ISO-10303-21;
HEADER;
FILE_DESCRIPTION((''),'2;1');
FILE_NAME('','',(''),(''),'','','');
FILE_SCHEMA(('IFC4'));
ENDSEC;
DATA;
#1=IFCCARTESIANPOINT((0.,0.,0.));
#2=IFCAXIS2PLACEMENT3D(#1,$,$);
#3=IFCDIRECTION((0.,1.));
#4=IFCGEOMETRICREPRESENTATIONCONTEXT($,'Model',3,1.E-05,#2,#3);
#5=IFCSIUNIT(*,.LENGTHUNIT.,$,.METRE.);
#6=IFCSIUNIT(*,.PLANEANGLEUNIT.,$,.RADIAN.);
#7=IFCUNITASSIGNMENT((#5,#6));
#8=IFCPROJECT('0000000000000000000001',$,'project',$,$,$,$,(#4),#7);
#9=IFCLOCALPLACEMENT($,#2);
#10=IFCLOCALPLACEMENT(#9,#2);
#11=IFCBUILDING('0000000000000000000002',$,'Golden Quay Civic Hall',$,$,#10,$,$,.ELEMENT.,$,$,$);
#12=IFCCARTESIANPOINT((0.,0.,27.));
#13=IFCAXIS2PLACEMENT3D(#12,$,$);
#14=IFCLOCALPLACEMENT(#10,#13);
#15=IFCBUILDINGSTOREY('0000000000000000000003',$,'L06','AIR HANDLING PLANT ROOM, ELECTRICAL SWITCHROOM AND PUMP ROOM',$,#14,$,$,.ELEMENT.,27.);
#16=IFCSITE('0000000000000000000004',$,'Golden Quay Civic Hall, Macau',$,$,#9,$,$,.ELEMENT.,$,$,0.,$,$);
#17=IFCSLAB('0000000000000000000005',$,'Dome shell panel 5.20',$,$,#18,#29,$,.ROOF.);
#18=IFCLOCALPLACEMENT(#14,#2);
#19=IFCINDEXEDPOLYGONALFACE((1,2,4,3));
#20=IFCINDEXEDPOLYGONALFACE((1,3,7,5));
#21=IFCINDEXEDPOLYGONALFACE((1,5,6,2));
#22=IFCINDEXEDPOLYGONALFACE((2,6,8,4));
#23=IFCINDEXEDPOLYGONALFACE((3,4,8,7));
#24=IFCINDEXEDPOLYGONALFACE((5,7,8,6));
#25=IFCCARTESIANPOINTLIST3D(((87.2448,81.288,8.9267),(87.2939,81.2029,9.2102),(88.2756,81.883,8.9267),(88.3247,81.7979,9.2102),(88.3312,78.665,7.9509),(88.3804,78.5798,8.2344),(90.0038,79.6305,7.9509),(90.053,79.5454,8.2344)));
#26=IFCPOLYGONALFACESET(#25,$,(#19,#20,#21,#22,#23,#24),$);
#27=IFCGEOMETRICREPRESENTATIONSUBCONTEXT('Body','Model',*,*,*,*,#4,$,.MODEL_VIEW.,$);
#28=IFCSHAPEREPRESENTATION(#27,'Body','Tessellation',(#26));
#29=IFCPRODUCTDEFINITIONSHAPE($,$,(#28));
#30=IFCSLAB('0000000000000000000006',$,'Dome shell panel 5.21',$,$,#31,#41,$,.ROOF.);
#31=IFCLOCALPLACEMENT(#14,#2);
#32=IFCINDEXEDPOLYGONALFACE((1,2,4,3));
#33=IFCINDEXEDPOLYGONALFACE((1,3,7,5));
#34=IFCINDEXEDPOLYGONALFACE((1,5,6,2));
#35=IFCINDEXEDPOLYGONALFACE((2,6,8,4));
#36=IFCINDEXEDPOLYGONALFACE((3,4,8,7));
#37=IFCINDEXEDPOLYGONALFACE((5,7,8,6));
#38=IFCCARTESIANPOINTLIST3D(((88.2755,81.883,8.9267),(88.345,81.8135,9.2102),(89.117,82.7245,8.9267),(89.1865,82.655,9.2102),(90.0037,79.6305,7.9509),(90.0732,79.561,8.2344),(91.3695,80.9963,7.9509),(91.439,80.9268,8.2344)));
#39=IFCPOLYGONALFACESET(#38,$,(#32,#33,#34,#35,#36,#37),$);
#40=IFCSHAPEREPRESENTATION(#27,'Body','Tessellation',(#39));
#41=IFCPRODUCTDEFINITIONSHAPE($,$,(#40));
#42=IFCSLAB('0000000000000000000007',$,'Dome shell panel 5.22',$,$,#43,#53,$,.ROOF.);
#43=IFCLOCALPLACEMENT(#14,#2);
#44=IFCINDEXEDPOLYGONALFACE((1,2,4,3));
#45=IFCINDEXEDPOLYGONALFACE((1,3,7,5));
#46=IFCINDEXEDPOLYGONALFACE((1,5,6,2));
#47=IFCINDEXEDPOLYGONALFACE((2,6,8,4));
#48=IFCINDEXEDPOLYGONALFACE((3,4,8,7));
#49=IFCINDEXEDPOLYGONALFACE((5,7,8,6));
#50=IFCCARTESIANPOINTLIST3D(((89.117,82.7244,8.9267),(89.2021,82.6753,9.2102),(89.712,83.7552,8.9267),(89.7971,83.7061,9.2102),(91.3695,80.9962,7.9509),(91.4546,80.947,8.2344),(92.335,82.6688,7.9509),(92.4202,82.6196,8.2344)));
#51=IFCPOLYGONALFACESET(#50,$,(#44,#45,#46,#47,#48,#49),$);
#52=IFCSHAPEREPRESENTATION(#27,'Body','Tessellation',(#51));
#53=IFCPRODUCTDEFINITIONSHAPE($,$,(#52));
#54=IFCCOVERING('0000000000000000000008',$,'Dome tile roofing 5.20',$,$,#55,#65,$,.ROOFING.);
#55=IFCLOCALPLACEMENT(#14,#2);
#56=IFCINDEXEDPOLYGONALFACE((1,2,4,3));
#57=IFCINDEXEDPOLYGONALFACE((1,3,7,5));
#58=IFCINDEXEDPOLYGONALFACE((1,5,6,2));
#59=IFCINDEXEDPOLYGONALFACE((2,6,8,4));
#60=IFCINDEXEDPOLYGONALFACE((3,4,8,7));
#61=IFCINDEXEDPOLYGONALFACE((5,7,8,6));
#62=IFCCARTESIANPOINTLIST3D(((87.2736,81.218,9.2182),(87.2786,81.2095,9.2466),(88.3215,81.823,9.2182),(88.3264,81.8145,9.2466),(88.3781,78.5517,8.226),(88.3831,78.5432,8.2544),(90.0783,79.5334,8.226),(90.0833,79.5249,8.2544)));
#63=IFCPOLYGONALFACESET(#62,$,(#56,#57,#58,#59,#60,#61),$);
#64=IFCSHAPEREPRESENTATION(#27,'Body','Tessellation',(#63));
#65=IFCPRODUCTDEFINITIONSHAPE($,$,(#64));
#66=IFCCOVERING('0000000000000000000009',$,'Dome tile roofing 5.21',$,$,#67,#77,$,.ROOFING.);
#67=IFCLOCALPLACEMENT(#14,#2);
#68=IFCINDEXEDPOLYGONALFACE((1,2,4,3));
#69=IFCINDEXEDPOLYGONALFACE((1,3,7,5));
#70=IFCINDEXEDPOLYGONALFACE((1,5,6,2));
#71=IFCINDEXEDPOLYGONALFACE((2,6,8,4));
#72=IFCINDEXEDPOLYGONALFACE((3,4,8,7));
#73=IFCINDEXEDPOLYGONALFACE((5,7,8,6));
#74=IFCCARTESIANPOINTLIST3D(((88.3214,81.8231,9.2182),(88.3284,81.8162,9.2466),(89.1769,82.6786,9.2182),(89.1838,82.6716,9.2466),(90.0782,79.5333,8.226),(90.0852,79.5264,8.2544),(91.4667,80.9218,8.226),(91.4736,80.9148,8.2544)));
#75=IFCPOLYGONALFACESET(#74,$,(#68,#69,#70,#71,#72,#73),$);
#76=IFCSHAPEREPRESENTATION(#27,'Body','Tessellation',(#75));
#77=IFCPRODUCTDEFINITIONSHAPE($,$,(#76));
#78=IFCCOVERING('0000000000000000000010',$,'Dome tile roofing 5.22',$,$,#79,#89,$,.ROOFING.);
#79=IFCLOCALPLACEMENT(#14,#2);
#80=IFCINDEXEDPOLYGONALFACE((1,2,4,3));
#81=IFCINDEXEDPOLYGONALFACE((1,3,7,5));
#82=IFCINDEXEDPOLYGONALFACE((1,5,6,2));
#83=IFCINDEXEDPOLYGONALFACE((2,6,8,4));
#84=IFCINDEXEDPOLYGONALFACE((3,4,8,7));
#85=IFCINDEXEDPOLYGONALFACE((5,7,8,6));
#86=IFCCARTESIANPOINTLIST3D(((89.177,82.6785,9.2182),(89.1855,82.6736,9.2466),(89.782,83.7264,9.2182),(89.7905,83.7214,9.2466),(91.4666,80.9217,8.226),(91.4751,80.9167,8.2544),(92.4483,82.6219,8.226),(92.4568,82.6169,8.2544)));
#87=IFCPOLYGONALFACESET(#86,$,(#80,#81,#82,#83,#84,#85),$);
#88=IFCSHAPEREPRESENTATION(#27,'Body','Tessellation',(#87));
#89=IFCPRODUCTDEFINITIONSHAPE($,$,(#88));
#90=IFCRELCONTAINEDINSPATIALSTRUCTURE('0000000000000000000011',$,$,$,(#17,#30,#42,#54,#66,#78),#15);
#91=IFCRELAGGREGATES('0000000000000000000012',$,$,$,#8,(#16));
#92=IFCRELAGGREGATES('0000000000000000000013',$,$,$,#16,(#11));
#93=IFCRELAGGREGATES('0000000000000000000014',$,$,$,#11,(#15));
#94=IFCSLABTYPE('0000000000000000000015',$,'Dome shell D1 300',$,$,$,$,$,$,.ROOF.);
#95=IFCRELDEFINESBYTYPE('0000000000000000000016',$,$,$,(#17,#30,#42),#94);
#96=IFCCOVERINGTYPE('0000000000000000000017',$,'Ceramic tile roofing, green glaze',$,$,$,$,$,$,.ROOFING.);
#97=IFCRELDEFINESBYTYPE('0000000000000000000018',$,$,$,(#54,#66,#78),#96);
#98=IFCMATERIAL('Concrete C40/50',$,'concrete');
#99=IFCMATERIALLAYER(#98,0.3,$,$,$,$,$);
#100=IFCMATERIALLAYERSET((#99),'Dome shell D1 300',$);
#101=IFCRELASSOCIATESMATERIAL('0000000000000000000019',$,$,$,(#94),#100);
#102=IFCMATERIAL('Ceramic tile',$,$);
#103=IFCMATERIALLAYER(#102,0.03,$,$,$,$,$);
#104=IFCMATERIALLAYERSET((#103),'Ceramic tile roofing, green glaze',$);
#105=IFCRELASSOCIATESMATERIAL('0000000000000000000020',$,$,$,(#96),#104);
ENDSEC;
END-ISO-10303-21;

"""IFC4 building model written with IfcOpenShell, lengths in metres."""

from ifc_helpers import new_model, si_unit, direction, frame, origin, place, context, subcontext, project, spatial, polyline, outline, extrude, material, layer, layer_set, type_object, element, save


model = new_model("IFC4")

# Units and contexts
model_context = context("Model", 3, precision=1e-05, world=origin(), true_north=direction((0.0, 1.0)))
body_context = subcontext(model_context, "Body", "Model", "MODEL_VIEW")
ifc_project = project(units=[si_unit("LENGTHUNIT", "METRE"), si_unit("PLANEANGLEUNIT", "RADIAN")], contexts=[model_context])

# Site, building, storey
site_placement = place(None, origin())
site = spatial("IfcSite", under=ifc_project, at=site_placement, Name="Golden Quay Civic Hall, Macau", CompositionType="ELEMENT", RefElevation=0.0)
building_placement = place(site_placement, origin())
building = spatial("IfcBuilding", under=site, at=building_placement, Name="Golden Quay Civic Hall", CompositionType="ELEMENT")
storey_placement = place(building_placement, frame((0.0, 0.0, 27.0)))
storey = spatial("IfcBuildingStorey", under=building, at=storey_placement, Name="L06", Description="AIR HANDLING PLANT ROOM, ELECTRICAL SWITCHROOM AND PUMP ROOM", CompositionType="ELEMENT", Elevation=27.0)

# Slabs
ifc_material_1 = material(Name="Concrete C40/50", Category="concrete")
ifc_layer_1 = layer(ifc_material_1, 0.3)
ifc_layer_set_1 = layer_set([ifc_layer_1], Name="Dome shell D1 300")
slab_type = type_object("IfcSlabType", Name="Dome shell D1 300", PredefinedType="ROOF", material=ifc_layer_set_1)
slab_1_placement = place(storey_placement, frame((88.3804, 78.5798, 8.2344), z_axis=(0.163756, -0.283678, 0.944834), x_axis=(0.86605, 0.499958, 0.000006)))
element("IfcSlab", 1, at=slab_1_placement, inside=storey, type_object=slab_type, Name="Dome shell panel 5.20", PredefinedType="ROOF", context=body_context, shape_type="SweptSolid", body=[
    extrude(outline(polyline([(0.0, 0.0), (1.9313, 0.0), (1.5607, 2.9791), (0.3705, 2.9792), (0.0, 0.0)])), origin(), (0.0, 0.0, -1.0), 0.3),
])
slab_2_placement = place(storey_placement, frame((90.0732, 79.561, 8.2344), z_axis=(0.231616, -0.231616, 0.944832), x_axis=(0.707107, 0.707107, 0.0)))
element("IfcSlab", 2, at=slab_2_placement, inside=storey, type_object=slab_type, Name="Dome shell panel 5.21", PredefinedType="ROOF", context=body_context, shape_type="SweptSolid", body=[
    extrude(outline(polyline([(0.0, 0.0), (1.9314, 0.0), (1.5608, 2.9791), (0.3706, 2.9791), (0.0, 0.0)])), origin(), (0.0, 0.0, -1.0), 0.3),
])
slab_3_placement = place(storey_placement, frame((91.4546, 80.947, 8.2344), z_axis=(0.283678, -0.163756, 0.944834), x_axis=(0.499958, 0.86605, -0.000006)))
element("IfcSlab", 3, at=slab_3_placement, inside=storey, type_object=slab_type, Name="Dome shell panel 5.22", PredefinedType="ROOF", context=body_context, shape_type="SweptSolid", body=[
    extrude(outline(polyline([(0.0, 0.0), (1.9313, 0.0), (1.5608, 2.9792), (0.3706, 2.9791), (0.0, 0.0)])), origin(), (0.0, 0.0, -1.0), 0.3),
])

# Coverings
ifc_material_2 = material(Name="Ceramic tile")
ifc_layer_2 = layer(ifc_material_2, 0.03)
ifc_layer_set_2 = layer_set([ifc_layer_2], Name="Ceramic tile roofing, green glaze")
covering_type = type_object("IfcCoveringType", Name="Ceramic tile roofing, green glaze", PredefinedType="ROOFING", material=ifc_layer_set_2)
covering_1_placement = place(storey_placement, frame((88.3831, 78.5432, 8.2544), z_axis=(0.16382, -0.283729, 0.944807), x_axis=(0.866008, 0.50003, 0.000004)))
element("IfcCovering", 4, at=covering_1_placement, inside=storey, type_object=covering_type, Name="Dome tile roofing 5.20", PredefinedType="ROOFING", context=body_context, shape_type="SweptSolid", body=[
    extrude(outline(polyline([(0.0, 0.0), (1.9633, 0.0), (1.5867, 3.0284), (0.3767, 3.0284), (0.0, 0.0)])), origin(), (0.0, 0.0, -1.0), 0.03),
])
covering_2_placement = place(storey_placement, frame((90.0852, 79.5264, 8.2544), z_axis=(0.231657, -0.231657, 0.944812), x_axis=(0.707107, 0.707107, 0.0)))
element("IfcCovering", 5, at=covering_2_placement, inside=storey, type_object=covering_type, Name="Dome tile roofing 5.21", PredefinedType="ROOFING", context=body_context, shape_type="SweptSolid", body=[
    extrude(outline(polyline([(0.0, 0.0), (1.9635, 0.0), (1.5867, 3.0285), (0.3769, 3.0285), (0.0, 0.0)])), origin(), (0.0, 0.0, -1.0), 0.03),
])
covering_3_placement = place(storey_placement, frame((91.4751, 80.9167, 8.2544), z_axis=(0.283729, -0.16382, 0.944807), x_axis=(0.50003, 0.866008, -0.000004)))
element("IfcCovering", 6, at=covering_3_placement, inside=storey, type_object=covering_type, Name="Dome tile roofing 5.22", PredefinedType="ROOFING", context=body_context, shape_type="SweptSolid", body=[
    extrude(outline(polyline([(0.0, 0.0), (1.9633, 0.0), (1.5865, 3.0284), (0.3766, 3.0284), (0.0, 0.0)])), origin(), (0.0, 0.0, -1.0), 0.03),
])

save(model, "model.ifc")
